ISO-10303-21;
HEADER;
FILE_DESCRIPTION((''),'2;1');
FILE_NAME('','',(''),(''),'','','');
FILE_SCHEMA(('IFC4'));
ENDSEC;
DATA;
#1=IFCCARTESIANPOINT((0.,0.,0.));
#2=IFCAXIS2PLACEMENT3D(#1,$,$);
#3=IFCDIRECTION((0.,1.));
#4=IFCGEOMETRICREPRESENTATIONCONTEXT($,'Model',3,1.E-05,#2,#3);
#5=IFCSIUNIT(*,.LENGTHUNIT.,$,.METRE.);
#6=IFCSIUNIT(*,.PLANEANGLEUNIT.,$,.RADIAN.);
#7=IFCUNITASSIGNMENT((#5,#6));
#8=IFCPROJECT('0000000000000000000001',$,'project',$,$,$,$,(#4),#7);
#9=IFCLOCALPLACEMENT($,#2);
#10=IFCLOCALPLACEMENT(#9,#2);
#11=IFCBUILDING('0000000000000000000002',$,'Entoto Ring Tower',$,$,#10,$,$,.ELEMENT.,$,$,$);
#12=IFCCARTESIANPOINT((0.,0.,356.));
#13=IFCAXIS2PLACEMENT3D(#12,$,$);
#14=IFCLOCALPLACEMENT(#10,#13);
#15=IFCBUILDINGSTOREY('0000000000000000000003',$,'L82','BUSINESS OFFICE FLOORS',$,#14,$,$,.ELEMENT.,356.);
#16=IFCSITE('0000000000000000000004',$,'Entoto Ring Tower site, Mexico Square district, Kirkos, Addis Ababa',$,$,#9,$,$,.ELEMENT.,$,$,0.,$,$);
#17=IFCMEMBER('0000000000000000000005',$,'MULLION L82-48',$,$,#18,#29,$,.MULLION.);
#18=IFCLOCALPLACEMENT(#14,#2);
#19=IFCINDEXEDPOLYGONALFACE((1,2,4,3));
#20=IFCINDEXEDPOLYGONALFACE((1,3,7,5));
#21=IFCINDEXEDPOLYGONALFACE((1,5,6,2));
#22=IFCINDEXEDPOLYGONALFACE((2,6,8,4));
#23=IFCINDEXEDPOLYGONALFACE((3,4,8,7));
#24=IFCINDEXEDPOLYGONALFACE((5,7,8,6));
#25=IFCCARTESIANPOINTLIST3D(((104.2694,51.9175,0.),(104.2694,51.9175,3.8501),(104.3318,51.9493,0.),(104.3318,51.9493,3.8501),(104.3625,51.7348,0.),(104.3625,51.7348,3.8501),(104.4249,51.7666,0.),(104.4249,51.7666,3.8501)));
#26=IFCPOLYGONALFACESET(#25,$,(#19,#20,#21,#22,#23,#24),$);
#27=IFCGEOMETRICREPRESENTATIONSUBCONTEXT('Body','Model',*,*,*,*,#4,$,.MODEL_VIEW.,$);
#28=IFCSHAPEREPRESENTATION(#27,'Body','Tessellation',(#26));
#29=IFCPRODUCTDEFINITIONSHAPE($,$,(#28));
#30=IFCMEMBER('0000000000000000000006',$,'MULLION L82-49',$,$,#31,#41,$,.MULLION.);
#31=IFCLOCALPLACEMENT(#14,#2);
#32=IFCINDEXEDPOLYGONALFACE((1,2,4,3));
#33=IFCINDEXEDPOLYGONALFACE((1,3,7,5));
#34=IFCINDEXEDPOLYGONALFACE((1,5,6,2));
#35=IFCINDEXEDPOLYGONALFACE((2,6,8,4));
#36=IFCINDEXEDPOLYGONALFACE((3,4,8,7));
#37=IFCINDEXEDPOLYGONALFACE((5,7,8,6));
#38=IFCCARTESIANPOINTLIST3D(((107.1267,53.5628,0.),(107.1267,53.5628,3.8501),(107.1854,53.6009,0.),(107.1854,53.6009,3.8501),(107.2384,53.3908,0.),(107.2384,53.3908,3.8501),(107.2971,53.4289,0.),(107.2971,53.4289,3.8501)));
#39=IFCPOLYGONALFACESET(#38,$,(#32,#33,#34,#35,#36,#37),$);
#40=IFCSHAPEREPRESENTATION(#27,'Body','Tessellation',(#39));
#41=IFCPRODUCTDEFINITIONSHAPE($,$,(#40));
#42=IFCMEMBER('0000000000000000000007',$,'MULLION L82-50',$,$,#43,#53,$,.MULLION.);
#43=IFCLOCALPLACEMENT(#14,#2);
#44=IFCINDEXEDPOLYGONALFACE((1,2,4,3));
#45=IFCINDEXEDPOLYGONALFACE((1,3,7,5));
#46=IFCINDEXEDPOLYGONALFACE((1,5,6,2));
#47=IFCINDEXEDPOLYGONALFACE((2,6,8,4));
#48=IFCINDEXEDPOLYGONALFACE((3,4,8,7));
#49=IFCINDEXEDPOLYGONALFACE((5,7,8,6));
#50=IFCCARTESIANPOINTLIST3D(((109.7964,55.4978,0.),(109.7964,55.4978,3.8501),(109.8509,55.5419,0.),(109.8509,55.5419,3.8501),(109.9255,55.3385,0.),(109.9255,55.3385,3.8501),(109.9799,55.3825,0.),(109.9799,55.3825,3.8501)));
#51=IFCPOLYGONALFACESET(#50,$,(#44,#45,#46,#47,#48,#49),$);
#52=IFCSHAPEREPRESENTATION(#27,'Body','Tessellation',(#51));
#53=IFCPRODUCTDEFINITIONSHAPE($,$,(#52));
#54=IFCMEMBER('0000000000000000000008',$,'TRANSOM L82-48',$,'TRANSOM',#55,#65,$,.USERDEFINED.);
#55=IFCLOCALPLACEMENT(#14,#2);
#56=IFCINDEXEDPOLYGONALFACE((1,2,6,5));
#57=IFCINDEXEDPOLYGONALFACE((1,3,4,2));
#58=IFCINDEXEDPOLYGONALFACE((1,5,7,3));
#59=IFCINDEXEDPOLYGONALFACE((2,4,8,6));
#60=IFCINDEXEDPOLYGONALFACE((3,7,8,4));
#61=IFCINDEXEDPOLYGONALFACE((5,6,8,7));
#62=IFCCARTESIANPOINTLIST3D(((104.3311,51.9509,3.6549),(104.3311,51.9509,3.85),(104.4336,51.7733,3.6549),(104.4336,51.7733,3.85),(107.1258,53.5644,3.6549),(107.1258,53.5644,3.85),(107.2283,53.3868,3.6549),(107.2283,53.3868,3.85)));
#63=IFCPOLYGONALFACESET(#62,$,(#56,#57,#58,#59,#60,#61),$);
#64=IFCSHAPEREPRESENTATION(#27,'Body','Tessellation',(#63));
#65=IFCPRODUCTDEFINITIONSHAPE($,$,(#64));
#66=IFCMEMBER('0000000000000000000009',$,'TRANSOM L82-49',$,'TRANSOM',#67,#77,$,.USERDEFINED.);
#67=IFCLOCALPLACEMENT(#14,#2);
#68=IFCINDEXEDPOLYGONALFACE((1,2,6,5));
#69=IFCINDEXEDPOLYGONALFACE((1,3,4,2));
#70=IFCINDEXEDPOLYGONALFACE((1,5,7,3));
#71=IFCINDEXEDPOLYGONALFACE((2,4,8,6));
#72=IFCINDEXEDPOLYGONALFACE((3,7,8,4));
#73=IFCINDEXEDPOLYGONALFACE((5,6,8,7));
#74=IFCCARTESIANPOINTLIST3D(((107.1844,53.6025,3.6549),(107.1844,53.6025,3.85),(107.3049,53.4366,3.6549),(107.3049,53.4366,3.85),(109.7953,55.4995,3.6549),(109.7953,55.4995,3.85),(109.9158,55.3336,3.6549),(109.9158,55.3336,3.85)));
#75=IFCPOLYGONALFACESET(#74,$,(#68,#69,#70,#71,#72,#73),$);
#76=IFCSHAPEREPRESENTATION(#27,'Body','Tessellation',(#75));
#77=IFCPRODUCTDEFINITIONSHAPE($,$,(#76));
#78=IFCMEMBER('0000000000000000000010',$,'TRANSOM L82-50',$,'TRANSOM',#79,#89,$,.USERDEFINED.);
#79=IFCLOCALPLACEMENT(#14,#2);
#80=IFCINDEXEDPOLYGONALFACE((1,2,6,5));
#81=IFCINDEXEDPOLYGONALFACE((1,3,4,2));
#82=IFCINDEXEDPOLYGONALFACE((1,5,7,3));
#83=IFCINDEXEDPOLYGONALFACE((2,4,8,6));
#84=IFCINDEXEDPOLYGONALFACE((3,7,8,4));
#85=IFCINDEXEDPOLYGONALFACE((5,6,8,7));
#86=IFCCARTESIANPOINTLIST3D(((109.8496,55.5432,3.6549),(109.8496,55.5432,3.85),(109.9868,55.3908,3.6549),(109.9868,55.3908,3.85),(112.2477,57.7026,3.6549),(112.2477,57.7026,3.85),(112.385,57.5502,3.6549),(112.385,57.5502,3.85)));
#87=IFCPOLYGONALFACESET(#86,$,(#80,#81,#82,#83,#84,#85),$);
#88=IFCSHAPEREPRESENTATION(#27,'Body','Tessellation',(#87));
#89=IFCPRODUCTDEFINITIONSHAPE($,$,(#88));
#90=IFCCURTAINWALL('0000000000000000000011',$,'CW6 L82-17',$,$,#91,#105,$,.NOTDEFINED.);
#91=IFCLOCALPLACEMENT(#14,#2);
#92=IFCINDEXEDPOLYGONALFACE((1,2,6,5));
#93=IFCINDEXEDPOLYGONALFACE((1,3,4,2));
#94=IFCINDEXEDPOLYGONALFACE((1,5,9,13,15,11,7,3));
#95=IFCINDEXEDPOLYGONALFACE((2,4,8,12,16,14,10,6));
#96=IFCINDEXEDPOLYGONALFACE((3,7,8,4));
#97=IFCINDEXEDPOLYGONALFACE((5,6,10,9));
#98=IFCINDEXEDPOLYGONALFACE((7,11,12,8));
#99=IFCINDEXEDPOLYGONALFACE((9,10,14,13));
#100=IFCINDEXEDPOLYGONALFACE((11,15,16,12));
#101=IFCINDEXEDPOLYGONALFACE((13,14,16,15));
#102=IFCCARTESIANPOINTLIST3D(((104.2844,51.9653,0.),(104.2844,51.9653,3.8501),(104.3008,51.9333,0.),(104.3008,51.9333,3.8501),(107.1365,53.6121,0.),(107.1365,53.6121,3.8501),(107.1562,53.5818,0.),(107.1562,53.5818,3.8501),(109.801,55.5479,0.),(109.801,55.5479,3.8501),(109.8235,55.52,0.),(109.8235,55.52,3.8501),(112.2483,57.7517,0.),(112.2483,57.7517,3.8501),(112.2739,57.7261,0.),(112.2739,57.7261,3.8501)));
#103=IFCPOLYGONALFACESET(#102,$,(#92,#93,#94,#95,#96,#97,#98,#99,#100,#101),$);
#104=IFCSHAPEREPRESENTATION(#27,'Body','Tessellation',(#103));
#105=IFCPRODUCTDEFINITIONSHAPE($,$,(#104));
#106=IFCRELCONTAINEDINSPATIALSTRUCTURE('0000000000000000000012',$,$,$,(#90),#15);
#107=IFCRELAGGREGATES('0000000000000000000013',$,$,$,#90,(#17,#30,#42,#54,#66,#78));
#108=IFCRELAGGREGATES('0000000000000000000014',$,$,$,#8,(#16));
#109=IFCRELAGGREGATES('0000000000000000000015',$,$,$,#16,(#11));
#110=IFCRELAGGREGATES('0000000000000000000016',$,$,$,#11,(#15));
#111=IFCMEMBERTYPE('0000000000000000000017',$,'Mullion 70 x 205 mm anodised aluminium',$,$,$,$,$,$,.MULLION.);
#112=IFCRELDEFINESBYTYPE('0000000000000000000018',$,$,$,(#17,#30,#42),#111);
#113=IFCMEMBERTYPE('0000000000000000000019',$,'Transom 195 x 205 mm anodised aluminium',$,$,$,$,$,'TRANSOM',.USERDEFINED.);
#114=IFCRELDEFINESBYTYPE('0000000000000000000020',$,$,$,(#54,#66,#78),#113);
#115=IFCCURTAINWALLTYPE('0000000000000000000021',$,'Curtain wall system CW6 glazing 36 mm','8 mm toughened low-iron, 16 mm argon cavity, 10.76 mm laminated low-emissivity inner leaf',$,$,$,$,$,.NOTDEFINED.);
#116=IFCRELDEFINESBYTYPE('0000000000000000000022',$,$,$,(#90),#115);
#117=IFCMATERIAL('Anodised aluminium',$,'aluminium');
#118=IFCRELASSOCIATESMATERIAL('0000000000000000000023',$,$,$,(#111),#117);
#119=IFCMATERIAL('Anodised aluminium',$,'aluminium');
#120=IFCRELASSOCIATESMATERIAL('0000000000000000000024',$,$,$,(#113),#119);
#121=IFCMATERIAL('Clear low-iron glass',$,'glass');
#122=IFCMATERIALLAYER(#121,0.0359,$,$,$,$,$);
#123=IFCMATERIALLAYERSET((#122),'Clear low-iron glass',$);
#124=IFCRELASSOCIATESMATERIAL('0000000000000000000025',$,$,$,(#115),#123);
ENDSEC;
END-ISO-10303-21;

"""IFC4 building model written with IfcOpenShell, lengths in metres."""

from ifc_helpers import new_model, si_unit, direction, frame, origin, origin_2d, place, context, subcontext, project, spatial, polyline, rectangle, outline, extrude, material, layer, layer_set, material_profile, profile_set, type_object, element, aggregate, save


model = new_model("IFC4")

# Units and contexts
model_context = context("Model", 3, precision=1e-05, world=origin(), true_north=direction((0.0, 1.0)))
body_context = subcontext(model_context, "Body", "Model", "MODEL_VIEW")
ifc_project = project(units=[si_unit("LENGTHUNIT", "METRE"), si_unit("PLANEANGLEUNIT", "RADIAN")], contexts=[model_context])

# Members
ifc_material_1 = material(Name="Anodised aluminium", Category="aluminium")
ifc_material_profile_1 = material_profile(ifc_material_1, rectangle(XDim=0.0701, YDim=0.2051, at=origin_2d()), Name="Mullion 70 x 205 mm anodised aluminium")
ifc_profile_set_1 = profile_set([ifc_material_profile_1], Name="Anodised aluminium")
member_type_1 = type_object("IfcMemberType", Name="Mullion 70 x 205 mm anodised aluminium", PredefinedType="MULLION", material=ifc_profile_set_1)
site_placement = place(None, origin())
building_placement = place(site_placement, origin())
storey_placement = place(building_placement, frame((0.0, 0.0, 356.0)))
member_1_placement = place(storey_placement, frame((104.3472, 51.842, 0.0), z_axis=(0.0, 0.0, 1.0), x_axis=(0.891007, 0.45399, 0.0)))
member_1 = element("IfcMember", 1, at=member_1_placement, type_object=member_type_1, Name="MULLION L82-48", PredefinedType="MULLION", context=body_context, shape_type="SweptSolid", body=[
    extrude(rectangle(XDim=0.0701, YDim=0.2051, at=origin_2d()), origin(), (0.0, 0.0, 1.0), 3.8501),
])
member_2_placement = place(storey_placement, frame((107.2119, 53.4958, 0.0), z_axis=(0.0, 0.0, 1.0), x_axis=(0.838671, 0.544639, 0.0)))
member_2 = element("IfcMember", 2, at=member_2_placement, type_object=member_type_1, Name="MULLION L82-49", PredefinedType="MULLION", context=body_context, shape_type="SweptSolid", body=[
    extrude(rectangle(XDim=0.0701, YDim=0.2051, at=origin_2d()), origin(), (0.0, 0.0, 1.0), 3.8501),
])
member_3_placement = place(storey_placement, frame((109.8882, 55.4402, 0.0), z_axis=(0.0, 0.0, 1.0), x_axis=(0.777146, 0.62932, 0.0)))
member_3 = element("IfcMember", 3, at=member_3_placement, type_object=member_type_1, Name="MULLION L82-50", PredefinedType="MULLION", context=body_context, shape_type="SweptSolid", body=[
    extrude(rectangle(XDim=0.0701, YDim=0.2051, at=origin_2d()), origin(), (0.0, 0.0, 1.0), 3.8501),
])
ifc_material_2 = material(Name="Anodised aluminium", Category="aluminium")
ifc_material_profile_2 = material_profile(ifc_material_2, rectangle(XDim=0.2051, YDim=0.1951, at=origin_2d()), Name="Transom 195 x 205 mm anodised aluminium")
ifc_profile_set_2 = profile_set([ifc_material_profile_2], Name="Anodised aluminium")
member_type_2 = type_object("IfcMemberType", Name="Transom 195 x 205 mm anodised aluminium", ElementType="TRANSOM", PredefinedType="USERDEFINED", material=ifc_profile_set_2)
member_4_placement = place(storey_placement, frame((104.3823, 51.8621, 3.7524), z_axis=(0.866023, 0.500004, 0.0), x_axis=(-0.500004, 0.866023, 0.0)))
member_4 = element("IfcMember", 4, at=member_4_placement, type_object=member_type_2, Name="TRANSOM L82-48", ObjectType="TRANSOM", PredefinedType="USERDEFINED", context=body_context, shape_type="SweptSolid", body=[
    extrude(rectangle(XDim=0.2051, YDim=0.1951, at=origin_2d()), origin(), (0.0, 0.0, 1.0), 3.2271),
])
member_5_placement = place(storey_placement, frame((107.2446, 53.5195, 3.7524), z_axis=(0.809004, 0.587803, 0.0), x_axis=(-0.587803, 0.809004, 0.0)))
member_5 = element("IfcMember", 5, at=member_5_placement, type_object=member_type_2, Name="TRANSOM L82-49", ObjectType="TRANSOM", PredefinedType="USERDEFINED", context=body_context, shape_type="SweptSolid", body=[
    extrude(rectangle(XDim=0.2051, YDim=0.1951, at=origin_2d()), origin(), (0.0, 0.0, 1.0), 3.2273),
])
member_6_placement = place(storey_placement, frame((109.9182, 55.467, 3.7524), z_axis=(0.743132, 0.669144, 0.0), x_axis=(-0.669144, 0.743132, 0.0)))
member_6 = element("IfcMember", 6, at=member_6_placement, type_object=member_type_2, Name="TRANSOM L82-50", ObjectType="TRANSOM", PredefinedType="USERDEFINED", context=body_context, shape_type="SweptSolid", body=[
    extrude(rectangle(XDim=0.2051, YDim=0.1951, at=origin_2d()), origin(), (0.0, 0.0, 1.0), 3.2271),
])

# Site, building, storey
site = spatial("IfcSite", under=ifc_project, at=site_placement, Name="Entoto Ring Tower site, Mexico Square district, Kirkos, Addis Ababa", CompositionType="ELEMENT", RefElevation=0.0)
building = spatial("IfcBuilding", under=site, at=building_placement, Name="Entoto Ring Tower", CompositionType="ELEMENT")
storey = spatial("IfcBuildingStorey", under=building, at=storey_placement, Name="L82", Description="BUSINESS OFFICE FLOORS", CompositionType="ELEMENT", Elevation=356.0)

# Curtain wall
ifc_material_3 = material(Name="Clear low-iron glass", Category="glass")
ifc_layer = layer(ifc_material_3, 0.0359)
ifc_layer_set = layer_set([ifc_layer], Name="Clear low-iron glass")
curtain_wall_type = type_object("IfcCurtainWallType", Name="Curtain wall system CW6 glazing 36 mm", Description="8 mm toughened low-iron, 16 mm argon cavity, 10.76 mm laminated low-emissivity inner leaf", PredefinedType="NOTDEFINED", material=ifc_layer_set)
curtain_wall_1_placement = place(storey_placement, origin())
curtain_wall_1 = element("IfcCurtainWall", 7, at=curtain_wall_1_placement, inside=storey, type_object=curtain_wall_type, Name="CW6 L82-17", PredefinedType="NOTDEFINED", context=body_context, shape_type="SweptSolid", body=[
    extrude(outline(polyline([(104.3008, 51.9333), (107.1562, 53.5818), (109.8235, 55.52), (112.2739, 57.7261), (112.2483, 57.7517), (109.801, 55.5479), (107.1365, 53.6121), (104.2844, 51.9653), (104.3008, 51.9333)])), origin(), (0.0, 0.0, 1.0), 3.8501),
])
aggregate(curtain_wall_1, [member_1, member_2, member_3, member_4, member_5, member_6])

save(model, "model.ifc")
